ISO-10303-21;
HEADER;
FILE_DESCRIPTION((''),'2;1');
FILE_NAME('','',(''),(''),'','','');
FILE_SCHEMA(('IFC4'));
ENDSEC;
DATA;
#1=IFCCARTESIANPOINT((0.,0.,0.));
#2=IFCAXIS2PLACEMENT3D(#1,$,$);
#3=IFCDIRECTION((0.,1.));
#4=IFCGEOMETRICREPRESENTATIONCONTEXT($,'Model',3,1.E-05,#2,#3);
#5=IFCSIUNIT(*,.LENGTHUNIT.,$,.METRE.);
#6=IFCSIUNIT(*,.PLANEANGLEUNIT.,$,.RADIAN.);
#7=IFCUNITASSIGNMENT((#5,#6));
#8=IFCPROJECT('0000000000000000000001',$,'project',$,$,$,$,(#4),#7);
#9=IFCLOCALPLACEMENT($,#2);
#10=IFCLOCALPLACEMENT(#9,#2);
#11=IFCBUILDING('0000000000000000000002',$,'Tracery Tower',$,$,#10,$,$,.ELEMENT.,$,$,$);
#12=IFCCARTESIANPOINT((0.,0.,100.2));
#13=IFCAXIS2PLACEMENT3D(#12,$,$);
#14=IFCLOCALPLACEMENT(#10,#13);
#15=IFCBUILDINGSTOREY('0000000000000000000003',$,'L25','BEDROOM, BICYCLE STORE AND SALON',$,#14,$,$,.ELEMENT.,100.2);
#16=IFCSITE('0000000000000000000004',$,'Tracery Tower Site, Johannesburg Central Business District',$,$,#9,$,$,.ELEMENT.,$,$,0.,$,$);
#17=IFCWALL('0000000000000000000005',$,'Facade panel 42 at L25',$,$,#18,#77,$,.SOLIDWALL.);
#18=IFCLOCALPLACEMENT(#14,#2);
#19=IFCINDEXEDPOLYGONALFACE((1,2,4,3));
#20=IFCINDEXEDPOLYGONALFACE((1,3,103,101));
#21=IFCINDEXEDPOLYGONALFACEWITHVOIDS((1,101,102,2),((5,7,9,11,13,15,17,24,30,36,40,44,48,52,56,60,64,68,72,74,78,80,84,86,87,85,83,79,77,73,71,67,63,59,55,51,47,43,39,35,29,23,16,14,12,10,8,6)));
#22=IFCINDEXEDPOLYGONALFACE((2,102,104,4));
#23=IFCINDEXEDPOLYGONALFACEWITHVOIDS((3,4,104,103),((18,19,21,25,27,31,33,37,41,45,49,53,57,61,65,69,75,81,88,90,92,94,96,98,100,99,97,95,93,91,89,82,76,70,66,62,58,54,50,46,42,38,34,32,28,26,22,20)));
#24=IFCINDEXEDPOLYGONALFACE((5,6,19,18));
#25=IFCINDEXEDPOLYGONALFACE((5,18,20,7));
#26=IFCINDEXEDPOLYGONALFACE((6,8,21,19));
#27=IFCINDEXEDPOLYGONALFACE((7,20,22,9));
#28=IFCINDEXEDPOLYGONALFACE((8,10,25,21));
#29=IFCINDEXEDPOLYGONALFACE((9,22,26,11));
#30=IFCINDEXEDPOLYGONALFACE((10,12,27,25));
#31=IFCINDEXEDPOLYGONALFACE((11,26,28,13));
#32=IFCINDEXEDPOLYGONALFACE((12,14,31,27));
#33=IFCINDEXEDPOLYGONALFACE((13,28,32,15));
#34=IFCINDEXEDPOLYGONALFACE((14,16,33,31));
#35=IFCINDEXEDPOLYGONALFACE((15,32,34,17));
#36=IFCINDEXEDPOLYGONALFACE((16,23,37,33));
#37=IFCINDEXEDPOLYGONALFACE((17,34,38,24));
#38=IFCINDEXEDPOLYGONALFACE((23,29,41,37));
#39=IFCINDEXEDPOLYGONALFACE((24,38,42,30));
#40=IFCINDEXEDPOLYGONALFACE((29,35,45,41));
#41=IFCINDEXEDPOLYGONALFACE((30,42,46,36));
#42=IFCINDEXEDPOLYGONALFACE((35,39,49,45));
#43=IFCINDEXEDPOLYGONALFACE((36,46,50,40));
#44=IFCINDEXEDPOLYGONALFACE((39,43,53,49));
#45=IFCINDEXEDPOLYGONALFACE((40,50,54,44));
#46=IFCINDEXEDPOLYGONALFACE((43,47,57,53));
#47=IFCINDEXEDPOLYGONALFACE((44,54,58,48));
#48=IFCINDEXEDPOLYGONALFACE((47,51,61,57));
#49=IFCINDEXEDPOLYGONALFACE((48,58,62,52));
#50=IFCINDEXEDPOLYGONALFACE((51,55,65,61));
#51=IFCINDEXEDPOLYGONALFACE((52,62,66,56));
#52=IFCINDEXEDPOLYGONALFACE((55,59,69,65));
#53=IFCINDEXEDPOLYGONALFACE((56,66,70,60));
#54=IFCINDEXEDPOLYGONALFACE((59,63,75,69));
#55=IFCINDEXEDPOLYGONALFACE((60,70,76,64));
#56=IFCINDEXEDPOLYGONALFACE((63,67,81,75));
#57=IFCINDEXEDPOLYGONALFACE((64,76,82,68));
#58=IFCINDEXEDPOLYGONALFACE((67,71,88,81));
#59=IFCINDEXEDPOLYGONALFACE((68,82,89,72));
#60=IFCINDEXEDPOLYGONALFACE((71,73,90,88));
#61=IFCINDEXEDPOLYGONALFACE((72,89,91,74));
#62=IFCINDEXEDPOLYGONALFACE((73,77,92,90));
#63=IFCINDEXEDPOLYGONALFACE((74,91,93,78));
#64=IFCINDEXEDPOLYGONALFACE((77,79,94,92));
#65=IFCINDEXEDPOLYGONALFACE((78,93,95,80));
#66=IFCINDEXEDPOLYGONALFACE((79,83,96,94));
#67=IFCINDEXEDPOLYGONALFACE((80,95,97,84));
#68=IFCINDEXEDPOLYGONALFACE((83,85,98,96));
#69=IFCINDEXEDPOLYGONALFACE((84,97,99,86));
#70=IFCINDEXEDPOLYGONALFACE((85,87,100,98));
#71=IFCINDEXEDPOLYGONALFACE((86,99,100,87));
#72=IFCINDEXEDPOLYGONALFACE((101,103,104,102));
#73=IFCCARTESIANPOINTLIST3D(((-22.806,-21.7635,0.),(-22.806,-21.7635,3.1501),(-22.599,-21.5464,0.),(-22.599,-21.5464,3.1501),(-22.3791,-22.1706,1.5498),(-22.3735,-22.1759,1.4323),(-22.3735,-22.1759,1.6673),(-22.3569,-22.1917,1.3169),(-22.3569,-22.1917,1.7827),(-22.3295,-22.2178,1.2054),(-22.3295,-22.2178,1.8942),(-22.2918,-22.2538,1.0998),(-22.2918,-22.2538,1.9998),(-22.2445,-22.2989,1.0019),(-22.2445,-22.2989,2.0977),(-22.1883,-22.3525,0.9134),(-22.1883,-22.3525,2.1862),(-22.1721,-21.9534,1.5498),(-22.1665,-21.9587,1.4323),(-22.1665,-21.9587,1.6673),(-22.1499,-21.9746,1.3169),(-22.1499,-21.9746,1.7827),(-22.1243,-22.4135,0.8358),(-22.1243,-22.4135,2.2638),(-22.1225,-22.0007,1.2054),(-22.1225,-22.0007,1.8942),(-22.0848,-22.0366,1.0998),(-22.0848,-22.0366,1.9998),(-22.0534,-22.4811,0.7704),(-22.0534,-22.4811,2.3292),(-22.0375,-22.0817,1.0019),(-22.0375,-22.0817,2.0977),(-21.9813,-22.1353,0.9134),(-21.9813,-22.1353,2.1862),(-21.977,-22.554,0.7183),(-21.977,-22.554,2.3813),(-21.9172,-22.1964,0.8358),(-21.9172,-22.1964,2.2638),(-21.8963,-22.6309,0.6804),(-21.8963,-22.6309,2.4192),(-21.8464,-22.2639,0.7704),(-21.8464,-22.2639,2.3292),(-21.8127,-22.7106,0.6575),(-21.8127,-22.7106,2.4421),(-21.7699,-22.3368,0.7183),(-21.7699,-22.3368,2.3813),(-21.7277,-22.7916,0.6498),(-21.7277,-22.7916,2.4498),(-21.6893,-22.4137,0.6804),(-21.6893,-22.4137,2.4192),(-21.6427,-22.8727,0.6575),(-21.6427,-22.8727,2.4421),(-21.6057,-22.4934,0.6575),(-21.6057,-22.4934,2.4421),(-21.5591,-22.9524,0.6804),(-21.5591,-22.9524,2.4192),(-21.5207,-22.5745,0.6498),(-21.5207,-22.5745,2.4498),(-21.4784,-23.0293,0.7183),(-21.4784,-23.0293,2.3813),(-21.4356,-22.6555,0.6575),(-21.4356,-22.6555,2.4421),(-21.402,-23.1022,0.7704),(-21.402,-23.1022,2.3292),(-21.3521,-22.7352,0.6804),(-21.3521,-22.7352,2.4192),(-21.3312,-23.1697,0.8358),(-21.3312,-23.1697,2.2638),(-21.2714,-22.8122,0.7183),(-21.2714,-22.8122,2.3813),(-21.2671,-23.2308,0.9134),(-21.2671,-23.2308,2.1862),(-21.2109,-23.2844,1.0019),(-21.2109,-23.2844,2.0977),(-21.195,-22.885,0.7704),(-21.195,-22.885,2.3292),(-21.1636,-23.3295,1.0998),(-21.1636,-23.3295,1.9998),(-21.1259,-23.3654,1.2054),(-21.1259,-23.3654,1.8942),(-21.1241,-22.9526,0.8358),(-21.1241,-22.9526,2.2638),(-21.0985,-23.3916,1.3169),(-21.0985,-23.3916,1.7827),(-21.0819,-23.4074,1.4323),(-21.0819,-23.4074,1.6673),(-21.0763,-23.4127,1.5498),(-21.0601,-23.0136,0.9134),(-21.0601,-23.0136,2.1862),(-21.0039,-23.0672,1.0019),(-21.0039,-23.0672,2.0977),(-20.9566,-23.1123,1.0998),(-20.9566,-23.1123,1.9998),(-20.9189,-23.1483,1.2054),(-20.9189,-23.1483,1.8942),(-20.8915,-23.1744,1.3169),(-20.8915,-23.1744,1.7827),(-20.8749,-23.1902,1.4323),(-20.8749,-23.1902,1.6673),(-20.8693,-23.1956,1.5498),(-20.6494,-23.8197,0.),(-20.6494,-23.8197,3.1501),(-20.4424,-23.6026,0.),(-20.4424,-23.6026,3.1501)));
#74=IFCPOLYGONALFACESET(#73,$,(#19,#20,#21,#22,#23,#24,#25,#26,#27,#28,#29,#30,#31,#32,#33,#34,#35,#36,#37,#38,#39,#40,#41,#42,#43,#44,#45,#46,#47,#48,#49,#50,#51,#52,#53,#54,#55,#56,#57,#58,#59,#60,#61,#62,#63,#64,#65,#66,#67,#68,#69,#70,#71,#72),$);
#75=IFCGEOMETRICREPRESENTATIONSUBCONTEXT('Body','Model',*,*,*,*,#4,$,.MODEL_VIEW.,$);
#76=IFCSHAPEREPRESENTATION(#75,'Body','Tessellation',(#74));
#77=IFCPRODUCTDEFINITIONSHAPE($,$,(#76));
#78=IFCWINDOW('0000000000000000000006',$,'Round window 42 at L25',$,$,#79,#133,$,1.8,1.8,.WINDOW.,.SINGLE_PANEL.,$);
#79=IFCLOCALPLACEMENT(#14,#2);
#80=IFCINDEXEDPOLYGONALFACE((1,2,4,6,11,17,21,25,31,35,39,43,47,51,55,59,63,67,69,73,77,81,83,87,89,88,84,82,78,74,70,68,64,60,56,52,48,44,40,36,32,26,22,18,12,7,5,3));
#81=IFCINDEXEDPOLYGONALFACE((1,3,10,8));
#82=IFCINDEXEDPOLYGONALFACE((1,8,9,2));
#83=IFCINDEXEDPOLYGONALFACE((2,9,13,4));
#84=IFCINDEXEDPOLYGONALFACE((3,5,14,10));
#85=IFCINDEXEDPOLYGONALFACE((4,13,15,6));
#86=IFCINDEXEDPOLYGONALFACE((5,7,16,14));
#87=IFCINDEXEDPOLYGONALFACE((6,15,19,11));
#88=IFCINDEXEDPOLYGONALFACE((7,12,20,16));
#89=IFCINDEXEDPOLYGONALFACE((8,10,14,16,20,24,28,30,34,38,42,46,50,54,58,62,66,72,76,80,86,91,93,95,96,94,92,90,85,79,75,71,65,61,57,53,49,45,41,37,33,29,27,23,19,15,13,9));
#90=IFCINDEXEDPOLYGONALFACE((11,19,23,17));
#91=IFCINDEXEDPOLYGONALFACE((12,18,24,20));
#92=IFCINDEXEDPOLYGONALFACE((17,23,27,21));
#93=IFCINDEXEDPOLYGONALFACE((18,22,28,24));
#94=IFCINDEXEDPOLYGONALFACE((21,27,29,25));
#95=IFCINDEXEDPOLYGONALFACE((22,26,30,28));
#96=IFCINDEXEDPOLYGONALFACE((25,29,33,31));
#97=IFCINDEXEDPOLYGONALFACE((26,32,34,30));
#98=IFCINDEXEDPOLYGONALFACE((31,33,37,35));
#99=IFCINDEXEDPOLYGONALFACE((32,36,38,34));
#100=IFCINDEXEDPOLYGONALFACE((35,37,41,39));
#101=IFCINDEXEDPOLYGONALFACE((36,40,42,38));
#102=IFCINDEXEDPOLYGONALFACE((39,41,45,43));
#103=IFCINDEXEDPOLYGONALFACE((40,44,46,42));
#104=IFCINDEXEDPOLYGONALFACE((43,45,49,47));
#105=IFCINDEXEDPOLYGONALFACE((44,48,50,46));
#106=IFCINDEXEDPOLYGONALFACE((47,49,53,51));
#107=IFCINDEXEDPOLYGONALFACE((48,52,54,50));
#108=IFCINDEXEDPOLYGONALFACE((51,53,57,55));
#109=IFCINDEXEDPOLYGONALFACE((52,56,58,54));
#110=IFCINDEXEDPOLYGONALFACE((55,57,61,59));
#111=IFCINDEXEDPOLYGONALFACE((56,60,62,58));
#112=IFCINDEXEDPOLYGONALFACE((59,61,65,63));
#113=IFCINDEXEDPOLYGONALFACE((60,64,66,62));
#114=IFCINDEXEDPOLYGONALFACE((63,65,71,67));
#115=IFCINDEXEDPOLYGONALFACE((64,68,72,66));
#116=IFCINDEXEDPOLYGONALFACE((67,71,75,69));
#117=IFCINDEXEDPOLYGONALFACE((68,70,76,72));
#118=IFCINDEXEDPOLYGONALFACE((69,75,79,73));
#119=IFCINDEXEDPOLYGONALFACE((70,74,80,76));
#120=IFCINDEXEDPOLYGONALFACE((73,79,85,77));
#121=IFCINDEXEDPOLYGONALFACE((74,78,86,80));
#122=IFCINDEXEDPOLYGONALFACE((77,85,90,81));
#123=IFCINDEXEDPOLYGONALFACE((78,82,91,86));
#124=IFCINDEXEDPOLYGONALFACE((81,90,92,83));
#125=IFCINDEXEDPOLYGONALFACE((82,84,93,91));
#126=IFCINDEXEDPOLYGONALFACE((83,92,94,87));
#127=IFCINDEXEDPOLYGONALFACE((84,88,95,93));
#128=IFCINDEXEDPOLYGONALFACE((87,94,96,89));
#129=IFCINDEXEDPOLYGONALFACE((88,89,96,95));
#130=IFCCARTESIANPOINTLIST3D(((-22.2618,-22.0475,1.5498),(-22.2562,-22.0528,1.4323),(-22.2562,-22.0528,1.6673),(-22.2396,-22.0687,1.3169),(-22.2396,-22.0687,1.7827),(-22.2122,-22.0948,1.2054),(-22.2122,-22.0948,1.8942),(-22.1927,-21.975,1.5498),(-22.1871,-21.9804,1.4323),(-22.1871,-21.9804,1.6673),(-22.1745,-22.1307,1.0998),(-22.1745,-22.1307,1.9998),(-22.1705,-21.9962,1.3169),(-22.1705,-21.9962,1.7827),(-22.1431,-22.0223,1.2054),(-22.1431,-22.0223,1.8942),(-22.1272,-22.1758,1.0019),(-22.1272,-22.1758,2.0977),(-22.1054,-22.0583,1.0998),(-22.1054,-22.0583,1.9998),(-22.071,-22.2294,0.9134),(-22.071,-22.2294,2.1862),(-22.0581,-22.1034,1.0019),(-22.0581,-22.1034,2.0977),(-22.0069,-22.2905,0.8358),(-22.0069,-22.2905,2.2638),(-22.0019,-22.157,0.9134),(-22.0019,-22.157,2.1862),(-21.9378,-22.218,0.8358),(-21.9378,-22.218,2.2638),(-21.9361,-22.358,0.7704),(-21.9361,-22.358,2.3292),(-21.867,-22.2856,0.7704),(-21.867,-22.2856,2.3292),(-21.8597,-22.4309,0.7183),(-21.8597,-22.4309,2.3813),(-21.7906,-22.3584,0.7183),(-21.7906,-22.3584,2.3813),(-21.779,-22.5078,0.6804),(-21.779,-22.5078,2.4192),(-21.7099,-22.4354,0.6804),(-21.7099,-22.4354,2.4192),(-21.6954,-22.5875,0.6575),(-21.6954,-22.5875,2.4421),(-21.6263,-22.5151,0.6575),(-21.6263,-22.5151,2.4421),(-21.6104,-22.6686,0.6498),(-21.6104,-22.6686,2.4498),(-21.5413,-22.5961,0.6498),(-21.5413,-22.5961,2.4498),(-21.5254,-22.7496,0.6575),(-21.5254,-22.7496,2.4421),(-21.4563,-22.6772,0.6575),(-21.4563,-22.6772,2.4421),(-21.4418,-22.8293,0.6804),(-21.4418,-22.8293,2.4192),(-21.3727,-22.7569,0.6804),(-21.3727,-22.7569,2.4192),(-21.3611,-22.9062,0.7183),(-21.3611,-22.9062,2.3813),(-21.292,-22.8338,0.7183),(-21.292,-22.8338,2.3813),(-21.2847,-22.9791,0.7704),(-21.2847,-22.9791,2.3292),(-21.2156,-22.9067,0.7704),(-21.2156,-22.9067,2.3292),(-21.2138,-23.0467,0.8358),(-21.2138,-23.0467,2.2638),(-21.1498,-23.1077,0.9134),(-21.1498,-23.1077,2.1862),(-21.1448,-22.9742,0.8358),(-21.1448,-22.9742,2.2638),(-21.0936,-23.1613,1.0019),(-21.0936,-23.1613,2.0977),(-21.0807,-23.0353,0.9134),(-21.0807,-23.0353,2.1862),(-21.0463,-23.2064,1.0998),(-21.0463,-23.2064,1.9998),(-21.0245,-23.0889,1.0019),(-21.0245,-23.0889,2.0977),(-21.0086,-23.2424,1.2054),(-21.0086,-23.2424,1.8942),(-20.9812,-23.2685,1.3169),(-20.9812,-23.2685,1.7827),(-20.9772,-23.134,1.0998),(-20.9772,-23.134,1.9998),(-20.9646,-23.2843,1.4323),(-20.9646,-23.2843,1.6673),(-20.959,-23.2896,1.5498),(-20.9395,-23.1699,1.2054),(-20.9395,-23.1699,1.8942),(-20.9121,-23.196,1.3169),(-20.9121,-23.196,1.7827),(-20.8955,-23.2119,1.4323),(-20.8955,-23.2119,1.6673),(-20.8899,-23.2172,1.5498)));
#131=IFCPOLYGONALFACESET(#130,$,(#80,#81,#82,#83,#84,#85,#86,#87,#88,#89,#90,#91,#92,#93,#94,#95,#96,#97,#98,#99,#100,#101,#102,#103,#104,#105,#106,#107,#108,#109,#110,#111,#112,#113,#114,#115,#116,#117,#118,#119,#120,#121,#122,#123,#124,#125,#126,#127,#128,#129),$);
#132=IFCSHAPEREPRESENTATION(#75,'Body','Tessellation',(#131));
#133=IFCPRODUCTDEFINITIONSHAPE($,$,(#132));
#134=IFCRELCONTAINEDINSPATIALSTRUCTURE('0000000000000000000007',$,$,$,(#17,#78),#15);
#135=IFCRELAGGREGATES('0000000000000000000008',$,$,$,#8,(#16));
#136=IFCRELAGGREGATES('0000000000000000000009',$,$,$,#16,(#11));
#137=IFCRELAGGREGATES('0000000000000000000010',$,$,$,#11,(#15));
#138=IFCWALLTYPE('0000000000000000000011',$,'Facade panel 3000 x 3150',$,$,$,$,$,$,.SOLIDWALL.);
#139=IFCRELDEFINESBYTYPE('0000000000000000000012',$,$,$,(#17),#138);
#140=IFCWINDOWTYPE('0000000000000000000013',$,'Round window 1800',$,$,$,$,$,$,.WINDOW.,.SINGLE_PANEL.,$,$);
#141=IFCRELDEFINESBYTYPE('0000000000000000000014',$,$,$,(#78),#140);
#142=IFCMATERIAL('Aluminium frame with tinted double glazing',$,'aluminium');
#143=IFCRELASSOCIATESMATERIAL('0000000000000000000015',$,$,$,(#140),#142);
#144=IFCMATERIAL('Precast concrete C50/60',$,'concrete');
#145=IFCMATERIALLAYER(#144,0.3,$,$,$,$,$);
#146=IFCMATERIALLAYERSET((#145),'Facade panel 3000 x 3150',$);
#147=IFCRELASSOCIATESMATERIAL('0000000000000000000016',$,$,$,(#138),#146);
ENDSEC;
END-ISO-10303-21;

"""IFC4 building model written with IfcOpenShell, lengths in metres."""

from ifc_helpers import new_model, si_unit, direction, frame, frame_2d, origin, origin_2d, place, context, subcontext, project, spatial, rectangle, circle, extrude, material, layer, layer_set, type_object, element, fill, save


model = new_model("IFC4")

# Units and contexts
model_context = context("Model", 3, precision=1e-05, world=origin(), true_north=direction((0.0, 1.0)))
body_context = subcontext(model_context, "Body", "Model", "MODEL_VIEW")
ifc_project = project(units=[si_unit("LENGTHUNIT", "METRE"), si_unit("PLANEANGLEUNIT", "RADIAN")], contexts=[model_context])

# Site, building, storey
site_placement = place(None, origin())
site = spatial("IfcSite", under=ifc_project, at=site_placement, Name="Tracery Tower Site, Johannesburg Central Business District", CompositionType="ELEMENT", RefElevation=0.0)
building_placement = place(site_placement, origin())
building = spatial("IfcBuilding", under=site, at=building_placement, Name="Tracery Tower", CompositionType="ELEMENT")
storey_placement = place(building_placement, frame((0.0, 0.0, 100.2)))
storey = spatial("IfcBuildingStorey", under=building, at=storey_placement, Name="L25", Description="BEDROOM, BICYCLE STORE AND SALON", CompositionType="ELEMENT", Elevation=100.2)

# Wall, opening, window
ifc_material_1 = material(Name="Aluminium frame with tinted double glazing", Category="aluminium")
window_type = type_object("IfcWindowType", Name="Round window 1800", PartitioningType="SINGLE_PANEL", PredefinedType="WINDOW", material=ifc_material_1)
ifc_material_2 = material(Name="Precast concrete C50/60", Category="concrete")
ifc_layer_1 = layer(ifc_material_2, 0.3)
ifc_layer_set_1 = layer_set([ifc_layer_1], Name="Facade panel 3000 x 3150")
wall_type_1 = type_object("IfcWallType", Name="Facade panel 3000 x 3150", PredefinedType="SOLIDWALL", material=ifc_layer_set_1)
wall_1_placement = place(storey_placement, frame((-22.7024, -21.655, 0.0), z_axis=(0.0, 0.0, 1.0), x_axis=(0.723744, -0.690068, 0.0)))
wall_1 = element("IfcWall", 1, at=wall_1_placement, inside=storey, type_object=wall_type_1, Name="Facade panel 42 at L25", PredefinedType="SOLIDWALL", context=body_context, shape_type="SweptSolid", body=[
    extrude(rectangle(XDim=2.9797, YDim=0.3, at=frame_2d((1.4897, 0.0))), origin(), (0.0, 0.0, 1.0), 3.1501),
])
opening_1_placement = place(wall_1_placement, frame((1.4897, 0.0, 1.5498)))
opening_1 = element("IfcOpeningElement", 2, at=opening_1_placement, cuts=wall_1, PredefinedType="OPENING", context=body_context, shape_type="SweptSolid", body=[
    extrude(circle(Radius=0.9, at=origin_2d()), frame((0.0, 0.1599, 0.0), z_axis=(0.0, -1.0, 0.0), x_axis=(1.0, 0.0, 0.0)), (0.0, 0.0, 1.0), 0.3201),
])
window_1_placement = place(opening_1_placement, origin())
window_1 = element("IfcWindow", 3, at=window_1_placement, inside=storey, type_object=window_type, Name="Round window 42 at L25", OverallHeight=1.8, OverallWidth=1.8, PartitioningType="SINGLE_PANEL", PredefinedType="WINDOW", context=body_context, shape_type="SweptSolid", body=[
    extrude(circle(Radius=0.9, at=origin_2d()), frame((0.0, 0.1201, 0.0), z_axis=(0.0, -1.0, 0.0), x_axis=(1.0, 0.0, 0.0)), (0.0, 0.0, 1.0), 0.1001),
])
fill(opening_1, window_1)

save(model, "model.ifc")
